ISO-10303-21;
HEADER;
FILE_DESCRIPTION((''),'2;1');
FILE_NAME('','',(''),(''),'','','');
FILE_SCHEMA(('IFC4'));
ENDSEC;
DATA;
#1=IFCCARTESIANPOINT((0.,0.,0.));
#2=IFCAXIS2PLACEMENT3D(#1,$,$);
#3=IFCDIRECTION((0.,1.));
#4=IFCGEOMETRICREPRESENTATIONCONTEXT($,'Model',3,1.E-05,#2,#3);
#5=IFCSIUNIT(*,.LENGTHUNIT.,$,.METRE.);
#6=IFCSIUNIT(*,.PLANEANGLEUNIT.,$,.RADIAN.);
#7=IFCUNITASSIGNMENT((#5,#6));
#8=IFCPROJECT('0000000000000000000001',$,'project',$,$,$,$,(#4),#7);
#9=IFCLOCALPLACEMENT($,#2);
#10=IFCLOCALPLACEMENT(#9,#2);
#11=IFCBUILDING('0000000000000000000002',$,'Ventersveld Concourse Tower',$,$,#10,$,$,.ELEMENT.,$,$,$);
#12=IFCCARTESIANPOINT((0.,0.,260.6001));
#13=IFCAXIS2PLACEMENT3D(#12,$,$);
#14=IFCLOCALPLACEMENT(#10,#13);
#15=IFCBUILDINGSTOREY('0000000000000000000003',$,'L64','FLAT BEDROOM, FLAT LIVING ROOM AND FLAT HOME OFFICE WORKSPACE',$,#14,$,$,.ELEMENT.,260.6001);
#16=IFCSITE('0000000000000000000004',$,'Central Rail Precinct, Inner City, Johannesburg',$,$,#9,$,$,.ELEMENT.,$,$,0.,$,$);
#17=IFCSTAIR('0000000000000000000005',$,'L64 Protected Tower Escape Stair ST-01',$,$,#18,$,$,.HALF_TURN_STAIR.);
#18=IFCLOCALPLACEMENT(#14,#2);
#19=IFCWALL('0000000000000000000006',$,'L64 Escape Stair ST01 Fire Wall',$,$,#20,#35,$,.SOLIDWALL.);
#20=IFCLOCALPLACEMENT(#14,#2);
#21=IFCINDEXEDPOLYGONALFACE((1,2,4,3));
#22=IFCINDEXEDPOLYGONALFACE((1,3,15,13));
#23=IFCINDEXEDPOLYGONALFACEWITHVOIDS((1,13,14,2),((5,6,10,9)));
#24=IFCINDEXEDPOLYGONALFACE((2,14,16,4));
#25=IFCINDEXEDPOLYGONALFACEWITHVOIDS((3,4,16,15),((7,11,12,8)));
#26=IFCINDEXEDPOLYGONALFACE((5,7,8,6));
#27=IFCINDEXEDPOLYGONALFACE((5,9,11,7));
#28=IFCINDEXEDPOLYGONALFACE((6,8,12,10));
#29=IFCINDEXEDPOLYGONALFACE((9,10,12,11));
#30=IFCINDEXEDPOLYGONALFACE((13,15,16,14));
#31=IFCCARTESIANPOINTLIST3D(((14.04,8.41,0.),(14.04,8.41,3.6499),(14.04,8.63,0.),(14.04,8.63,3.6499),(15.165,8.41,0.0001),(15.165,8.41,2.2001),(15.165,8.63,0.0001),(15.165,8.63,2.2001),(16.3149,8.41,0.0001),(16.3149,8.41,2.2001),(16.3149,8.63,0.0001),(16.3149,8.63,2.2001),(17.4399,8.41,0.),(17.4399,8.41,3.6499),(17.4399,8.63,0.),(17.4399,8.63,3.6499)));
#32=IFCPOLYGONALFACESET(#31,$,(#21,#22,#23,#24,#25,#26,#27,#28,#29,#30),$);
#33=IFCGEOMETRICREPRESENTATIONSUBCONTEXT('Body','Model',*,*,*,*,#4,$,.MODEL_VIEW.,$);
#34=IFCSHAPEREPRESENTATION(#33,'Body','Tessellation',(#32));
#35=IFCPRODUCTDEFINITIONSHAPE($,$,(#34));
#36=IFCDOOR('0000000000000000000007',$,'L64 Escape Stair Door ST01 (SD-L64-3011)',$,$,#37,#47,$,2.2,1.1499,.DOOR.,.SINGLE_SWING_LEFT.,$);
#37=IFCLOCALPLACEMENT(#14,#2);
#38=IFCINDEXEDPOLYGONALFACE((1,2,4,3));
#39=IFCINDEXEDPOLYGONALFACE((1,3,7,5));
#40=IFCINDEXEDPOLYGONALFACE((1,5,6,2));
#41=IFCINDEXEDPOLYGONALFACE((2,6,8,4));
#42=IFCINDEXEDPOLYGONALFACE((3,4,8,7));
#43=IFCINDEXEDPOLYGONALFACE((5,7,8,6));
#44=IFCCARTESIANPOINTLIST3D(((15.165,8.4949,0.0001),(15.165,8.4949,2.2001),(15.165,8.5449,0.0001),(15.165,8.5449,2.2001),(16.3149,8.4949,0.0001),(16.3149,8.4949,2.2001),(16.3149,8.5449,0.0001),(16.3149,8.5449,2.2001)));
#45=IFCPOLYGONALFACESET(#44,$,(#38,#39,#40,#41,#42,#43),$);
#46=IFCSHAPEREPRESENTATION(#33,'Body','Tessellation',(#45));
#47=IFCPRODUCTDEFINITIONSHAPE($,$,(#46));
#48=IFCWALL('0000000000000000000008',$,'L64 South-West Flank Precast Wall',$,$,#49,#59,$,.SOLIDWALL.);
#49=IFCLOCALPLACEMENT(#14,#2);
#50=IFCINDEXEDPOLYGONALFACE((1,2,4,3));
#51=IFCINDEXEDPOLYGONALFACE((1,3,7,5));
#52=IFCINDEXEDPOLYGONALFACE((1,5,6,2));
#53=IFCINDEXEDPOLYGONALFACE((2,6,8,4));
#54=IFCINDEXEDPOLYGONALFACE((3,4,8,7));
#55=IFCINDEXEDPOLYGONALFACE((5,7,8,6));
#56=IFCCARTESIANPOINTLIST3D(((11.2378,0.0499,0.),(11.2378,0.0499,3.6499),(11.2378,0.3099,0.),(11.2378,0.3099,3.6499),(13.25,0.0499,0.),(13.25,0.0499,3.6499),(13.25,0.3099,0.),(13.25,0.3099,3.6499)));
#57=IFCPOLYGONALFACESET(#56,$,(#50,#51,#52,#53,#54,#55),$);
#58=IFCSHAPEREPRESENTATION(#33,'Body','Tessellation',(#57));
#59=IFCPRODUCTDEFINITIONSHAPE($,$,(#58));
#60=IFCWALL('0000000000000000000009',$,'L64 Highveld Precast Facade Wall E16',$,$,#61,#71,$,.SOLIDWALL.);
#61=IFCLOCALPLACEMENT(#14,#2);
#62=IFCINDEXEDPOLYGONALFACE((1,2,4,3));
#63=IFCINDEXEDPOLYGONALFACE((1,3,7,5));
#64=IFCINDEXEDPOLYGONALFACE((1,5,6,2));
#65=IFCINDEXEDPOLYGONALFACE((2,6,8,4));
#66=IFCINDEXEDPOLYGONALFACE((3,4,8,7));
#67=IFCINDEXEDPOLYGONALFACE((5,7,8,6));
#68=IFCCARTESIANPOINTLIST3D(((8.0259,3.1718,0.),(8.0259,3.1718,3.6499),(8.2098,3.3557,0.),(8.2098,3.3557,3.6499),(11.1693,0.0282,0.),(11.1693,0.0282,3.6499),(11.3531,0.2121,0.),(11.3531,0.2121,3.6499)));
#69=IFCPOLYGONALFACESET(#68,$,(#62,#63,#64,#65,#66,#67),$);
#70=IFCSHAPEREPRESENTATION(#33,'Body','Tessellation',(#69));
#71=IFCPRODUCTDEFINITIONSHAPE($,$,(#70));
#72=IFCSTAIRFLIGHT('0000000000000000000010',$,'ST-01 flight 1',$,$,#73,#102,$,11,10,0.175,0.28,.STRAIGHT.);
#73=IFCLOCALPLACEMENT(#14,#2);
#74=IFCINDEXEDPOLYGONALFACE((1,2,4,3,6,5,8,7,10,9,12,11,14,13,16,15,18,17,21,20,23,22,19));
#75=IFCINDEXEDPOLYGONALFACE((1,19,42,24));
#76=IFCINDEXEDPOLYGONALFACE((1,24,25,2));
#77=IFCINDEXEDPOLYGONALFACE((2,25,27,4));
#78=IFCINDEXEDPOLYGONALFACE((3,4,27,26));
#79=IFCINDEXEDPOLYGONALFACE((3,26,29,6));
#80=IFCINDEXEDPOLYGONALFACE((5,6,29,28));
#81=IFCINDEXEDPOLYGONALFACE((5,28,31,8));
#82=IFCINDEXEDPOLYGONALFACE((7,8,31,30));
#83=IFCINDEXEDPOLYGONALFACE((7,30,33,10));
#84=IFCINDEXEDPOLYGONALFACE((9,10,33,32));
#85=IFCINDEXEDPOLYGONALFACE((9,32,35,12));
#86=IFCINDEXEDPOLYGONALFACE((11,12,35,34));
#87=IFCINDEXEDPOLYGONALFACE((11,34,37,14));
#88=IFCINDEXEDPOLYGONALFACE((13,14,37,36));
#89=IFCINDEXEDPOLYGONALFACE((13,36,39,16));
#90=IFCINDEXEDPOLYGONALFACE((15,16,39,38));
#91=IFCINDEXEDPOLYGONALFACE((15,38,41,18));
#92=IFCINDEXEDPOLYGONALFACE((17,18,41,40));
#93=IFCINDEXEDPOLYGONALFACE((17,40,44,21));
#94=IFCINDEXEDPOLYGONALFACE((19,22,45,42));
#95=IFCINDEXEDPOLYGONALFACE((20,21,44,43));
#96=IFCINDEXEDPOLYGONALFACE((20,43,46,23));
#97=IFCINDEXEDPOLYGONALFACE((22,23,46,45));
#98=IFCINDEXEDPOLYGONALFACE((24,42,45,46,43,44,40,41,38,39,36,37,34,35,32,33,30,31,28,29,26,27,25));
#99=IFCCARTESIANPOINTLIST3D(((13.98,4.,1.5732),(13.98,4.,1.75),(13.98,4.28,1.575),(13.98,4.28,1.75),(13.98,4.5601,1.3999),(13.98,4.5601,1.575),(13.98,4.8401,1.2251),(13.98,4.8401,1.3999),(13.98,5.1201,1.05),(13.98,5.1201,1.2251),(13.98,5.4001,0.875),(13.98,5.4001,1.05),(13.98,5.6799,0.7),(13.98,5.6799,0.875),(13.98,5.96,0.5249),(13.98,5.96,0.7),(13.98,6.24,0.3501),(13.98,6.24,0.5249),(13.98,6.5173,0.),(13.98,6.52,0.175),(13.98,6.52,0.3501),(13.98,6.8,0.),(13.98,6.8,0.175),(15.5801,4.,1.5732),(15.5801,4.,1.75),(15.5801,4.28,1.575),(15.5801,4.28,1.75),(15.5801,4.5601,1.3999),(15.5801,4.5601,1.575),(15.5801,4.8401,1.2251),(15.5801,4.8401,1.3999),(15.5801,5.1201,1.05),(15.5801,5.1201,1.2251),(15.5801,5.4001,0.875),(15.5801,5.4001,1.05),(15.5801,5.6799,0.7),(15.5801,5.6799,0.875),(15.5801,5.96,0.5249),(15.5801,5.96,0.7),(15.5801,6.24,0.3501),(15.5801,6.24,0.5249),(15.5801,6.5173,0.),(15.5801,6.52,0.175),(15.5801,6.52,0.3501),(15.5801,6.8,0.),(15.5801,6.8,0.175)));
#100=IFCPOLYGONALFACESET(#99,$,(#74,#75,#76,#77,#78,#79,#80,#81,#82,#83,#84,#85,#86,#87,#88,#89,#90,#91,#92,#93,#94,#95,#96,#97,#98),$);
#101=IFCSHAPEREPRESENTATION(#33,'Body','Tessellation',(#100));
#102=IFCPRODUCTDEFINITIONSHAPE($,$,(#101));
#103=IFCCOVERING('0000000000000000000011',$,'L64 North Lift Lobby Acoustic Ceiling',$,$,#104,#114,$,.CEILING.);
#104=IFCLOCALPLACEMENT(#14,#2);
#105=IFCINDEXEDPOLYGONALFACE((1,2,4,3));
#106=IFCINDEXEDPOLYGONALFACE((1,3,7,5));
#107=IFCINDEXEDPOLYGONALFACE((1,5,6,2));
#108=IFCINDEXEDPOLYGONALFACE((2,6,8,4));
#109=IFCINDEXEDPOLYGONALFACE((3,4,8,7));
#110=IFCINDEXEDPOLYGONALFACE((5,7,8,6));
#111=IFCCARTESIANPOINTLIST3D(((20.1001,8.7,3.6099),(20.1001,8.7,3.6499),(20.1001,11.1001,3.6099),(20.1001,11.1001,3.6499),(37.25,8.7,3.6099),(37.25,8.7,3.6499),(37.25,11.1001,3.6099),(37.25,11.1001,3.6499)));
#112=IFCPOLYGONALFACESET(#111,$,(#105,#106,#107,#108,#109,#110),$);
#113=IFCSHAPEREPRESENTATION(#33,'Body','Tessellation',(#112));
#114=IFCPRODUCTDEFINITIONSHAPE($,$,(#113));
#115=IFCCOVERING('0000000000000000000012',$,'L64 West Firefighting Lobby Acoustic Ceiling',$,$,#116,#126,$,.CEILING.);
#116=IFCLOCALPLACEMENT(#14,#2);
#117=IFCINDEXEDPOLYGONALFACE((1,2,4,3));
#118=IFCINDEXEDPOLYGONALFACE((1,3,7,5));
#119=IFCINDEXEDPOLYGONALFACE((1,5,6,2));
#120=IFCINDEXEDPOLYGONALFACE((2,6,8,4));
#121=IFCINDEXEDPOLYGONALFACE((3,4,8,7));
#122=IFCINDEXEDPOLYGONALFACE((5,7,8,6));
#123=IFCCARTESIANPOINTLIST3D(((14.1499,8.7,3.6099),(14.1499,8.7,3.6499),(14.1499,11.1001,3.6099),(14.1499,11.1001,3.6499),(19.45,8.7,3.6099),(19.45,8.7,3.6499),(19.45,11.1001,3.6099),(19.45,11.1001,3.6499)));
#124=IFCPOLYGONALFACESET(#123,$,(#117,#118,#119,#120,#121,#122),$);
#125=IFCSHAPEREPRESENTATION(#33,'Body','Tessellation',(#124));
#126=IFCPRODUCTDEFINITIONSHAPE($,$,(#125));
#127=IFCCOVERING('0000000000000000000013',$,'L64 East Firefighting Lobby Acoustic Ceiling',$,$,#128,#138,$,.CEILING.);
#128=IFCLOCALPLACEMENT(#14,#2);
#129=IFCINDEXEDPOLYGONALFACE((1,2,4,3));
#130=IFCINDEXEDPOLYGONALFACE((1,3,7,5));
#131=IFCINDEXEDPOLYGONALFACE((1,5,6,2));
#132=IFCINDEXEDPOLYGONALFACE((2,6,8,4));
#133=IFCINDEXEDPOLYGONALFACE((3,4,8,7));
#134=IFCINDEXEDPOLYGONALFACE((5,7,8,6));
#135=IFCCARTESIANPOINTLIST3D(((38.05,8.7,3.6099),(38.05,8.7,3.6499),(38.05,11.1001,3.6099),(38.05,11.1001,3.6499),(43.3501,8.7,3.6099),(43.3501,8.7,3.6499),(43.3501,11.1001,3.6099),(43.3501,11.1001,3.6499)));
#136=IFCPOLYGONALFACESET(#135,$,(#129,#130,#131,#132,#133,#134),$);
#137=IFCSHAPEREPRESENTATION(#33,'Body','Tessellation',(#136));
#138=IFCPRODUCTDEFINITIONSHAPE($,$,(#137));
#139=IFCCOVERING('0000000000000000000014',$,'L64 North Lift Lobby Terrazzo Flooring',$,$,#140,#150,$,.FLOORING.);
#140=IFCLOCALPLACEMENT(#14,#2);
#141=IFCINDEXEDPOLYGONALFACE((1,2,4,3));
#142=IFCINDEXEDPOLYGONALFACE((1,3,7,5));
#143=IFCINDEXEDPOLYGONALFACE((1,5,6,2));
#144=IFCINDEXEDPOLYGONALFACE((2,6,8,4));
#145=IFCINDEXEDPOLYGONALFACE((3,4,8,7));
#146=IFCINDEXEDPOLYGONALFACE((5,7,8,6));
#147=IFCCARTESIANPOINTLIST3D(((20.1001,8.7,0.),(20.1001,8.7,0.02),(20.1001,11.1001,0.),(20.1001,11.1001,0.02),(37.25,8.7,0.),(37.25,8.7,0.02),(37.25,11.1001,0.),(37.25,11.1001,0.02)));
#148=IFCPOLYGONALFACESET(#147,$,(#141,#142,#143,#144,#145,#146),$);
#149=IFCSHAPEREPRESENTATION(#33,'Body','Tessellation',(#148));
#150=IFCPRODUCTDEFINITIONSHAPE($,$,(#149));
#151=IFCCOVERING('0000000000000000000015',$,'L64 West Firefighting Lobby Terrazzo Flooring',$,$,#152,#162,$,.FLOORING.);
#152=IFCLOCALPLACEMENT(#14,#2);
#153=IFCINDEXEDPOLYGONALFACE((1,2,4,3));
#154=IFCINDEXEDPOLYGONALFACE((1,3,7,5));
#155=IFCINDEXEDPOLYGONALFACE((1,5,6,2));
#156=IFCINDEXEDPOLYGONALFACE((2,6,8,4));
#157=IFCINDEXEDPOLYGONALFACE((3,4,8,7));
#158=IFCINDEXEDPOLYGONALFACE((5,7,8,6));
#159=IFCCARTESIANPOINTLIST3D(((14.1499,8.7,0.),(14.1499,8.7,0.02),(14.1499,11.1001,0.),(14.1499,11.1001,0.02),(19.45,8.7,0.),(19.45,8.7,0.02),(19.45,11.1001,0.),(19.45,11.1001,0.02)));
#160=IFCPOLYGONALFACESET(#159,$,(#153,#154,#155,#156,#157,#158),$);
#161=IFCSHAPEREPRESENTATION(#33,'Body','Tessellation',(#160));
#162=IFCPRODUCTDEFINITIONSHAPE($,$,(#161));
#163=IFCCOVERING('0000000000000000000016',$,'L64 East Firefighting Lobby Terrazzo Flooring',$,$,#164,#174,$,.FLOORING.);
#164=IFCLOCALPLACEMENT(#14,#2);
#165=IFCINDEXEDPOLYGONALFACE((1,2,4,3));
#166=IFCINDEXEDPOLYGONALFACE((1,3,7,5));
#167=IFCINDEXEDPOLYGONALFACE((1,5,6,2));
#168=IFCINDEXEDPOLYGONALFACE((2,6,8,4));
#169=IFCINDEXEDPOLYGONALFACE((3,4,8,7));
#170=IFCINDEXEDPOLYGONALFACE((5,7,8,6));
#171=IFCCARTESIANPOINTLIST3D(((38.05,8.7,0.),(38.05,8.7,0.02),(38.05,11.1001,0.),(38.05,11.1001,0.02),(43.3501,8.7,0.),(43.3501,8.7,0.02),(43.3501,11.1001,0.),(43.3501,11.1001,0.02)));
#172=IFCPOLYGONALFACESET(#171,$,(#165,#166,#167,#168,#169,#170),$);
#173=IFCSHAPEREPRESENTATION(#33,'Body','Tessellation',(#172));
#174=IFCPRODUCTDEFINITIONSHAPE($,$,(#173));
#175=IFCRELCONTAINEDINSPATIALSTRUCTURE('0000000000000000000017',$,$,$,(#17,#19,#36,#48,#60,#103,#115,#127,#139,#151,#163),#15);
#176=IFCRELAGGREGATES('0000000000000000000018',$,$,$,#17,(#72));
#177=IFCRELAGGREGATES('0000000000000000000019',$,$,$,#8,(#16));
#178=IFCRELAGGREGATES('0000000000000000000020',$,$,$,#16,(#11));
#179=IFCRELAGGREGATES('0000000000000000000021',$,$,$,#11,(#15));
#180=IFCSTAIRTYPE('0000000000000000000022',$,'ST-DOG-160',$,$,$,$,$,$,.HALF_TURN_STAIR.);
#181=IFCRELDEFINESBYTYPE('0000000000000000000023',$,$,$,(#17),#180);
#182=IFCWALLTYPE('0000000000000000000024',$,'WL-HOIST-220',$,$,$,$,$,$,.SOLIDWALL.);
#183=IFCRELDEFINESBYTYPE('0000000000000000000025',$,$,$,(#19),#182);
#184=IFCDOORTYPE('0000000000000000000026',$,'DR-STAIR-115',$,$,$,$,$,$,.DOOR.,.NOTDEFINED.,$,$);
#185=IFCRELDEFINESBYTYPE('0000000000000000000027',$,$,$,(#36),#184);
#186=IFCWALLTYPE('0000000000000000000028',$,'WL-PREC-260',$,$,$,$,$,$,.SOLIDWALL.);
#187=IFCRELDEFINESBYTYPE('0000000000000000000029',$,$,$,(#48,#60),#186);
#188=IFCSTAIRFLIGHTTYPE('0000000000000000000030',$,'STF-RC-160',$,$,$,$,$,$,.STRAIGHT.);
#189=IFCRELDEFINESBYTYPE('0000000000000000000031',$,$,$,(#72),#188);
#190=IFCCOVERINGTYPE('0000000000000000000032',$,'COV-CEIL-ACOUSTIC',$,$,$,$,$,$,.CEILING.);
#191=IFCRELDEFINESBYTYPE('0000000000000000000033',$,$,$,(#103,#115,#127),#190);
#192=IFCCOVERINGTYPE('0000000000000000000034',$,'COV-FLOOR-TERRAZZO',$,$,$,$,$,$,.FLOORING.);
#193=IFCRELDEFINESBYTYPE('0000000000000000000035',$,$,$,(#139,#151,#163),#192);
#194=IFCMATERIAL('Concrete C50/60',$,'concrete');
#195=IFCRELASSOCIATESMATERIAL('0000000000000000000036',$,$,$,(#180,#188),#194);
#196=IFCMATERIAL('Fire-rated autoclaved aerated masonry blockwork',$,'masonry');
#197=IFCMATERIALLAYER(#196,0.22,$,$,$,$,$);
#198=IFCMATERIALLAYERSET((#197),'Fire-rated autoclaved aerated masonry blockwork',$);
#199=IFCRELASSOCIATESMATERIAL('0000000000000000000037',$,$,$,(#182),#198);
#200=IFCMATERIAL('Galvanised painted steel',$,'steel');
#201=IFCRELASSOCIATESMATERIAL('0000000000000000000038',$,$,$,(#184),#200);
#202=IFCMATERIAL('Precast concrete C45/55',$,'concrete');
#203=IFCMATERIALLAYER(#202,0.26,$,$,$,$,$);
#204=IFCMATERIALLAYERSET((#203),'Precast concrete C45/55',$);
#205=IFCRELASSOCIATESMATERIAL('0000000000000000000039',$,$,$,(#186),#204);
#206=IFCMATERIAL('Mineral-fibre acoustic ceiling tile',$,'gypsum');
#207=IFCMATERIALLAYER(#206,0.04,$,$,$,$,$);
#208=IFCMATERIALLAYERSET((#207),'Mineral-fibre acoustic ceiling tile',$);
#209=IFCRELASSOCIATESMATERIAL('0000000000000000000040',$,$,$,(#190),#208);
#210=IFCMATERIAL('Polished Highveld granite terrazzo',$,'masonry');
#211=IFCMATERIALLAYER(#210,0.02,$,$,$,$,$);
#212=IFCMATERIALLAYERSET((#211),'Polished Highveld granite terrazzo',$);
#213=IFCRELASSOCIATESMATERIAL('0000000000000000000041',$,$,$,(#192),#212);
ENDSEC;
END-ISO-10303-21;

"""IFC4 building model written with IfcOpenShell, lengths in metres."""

from ifc_helpers import new_model, si_unit, direction, frame, frame_2d, origin, place, context, subcontext, project, spatial, polyline, rectangle, outline, extrude, material, layer, layer_set, type_object, element, fill, aggregate, save


model = new_model("IFC4")

# Units and contexts
model_context = context("Model", 3, precision=1e-05, world=origin(), true_north=direction((0.0, 1.0)))
body_context = subcontext(model_context, "Body", "Model", "MODEL_VIEW")
ifc_project = project(units=[si_unit("LENGTHUNIT", "METRE"), si_unit("PLANEANGLEUNIT", "RADIAN")], contexts=[model_context])

# Site, building, storey
site_placement = place(None, origin())
site = spatial("IfcSite", under=ifc_project, at=site_placement, Name="Central Rail Precinct, Inner City, Johannesburg", CompositionType="ELEMENT", RefElevation=0.0)
building_placement = place(site_placement, origin())
building = spatial("IfcBuilding", under=site, at=building_placement, Name="Ventersveld Concourse Tower", CompositionType="ELEMENT")
storey_placement = place(building_placement, frame((0.0, 0.0, 260.6001)))
storey = spatial("IfcBuildingStorey", under=building, at=storey_placement, Name="L64", Description="FLAT BEDROOM, FLAT LIVING ROOM AND FLAT HOME OFFICE WORKSPACE", CompositionType="ELEMENT", Elevation=260.6001)

# Shared definitions
ifc_material_1 = material(Name="Concrete C50/60", Category="concrete")

# Stair
stair_type_1 = type_object("IfcStairType", Name="ST-DOG-160", PredefinedType="HALF_TURN_STAIR", material=ifc_material_1)
stair_1_placement = place(storey_placement, origin())
stair_1 = element("IfcStair", 1, at=stair_1_placement, inside=storey, type_object=stair_type_1, Name="L64 Protected Tower Escape Stair ST-01", PredefinedType="HALF_TURN_STAIR")

# Wall, opening, door
ifc_material_2 = material(Name="Fire-rated autoclaved aerated masonry blockwork", Category="masonry")
ifc_layer_1 = layer(ifc_material_2, 0.22)
ifc_layer_set_1 = layer_set([ifc_layer_1], Name="Fire-rated autoclaved aerated masonry blockwork")
wall_type_1 = type_object("IfcWallType", Name="WL-HOIST-220", PredefinedType="SOLIDWALL", material=ifc_layer_set_1)
wall_1_placement = place(storey_placement, frame((14.04, 8.52, 0.0), z_axis=(0.0, 0.0, 1.0), x_axis=(1.0, 0.0, 0.0)))
wall_1 = element("IfcWall", 2, at=wall_1_placement, inside=storey, type_object=wall_type_1, Name="L64 Escape Stair ST01 Fire Wall", PredefinedType="SOLIDWALL", context=body_context, shape_type="SweptSolid", body=[
    extrude(rectangle(XDim=3.3999, YDim=0.22, at=frame_2d((1.7, 0.0))), origin(), (0.0, 0.0, 1.0), 3.6499),
])
opening_placement = place(wall_1_placement, frame((1.125, 0.0, 0.0)))
opening = element("IfcOpeningElement", 3, at=opening_placement, cuts=wall_1, PredefinedType="OPENING", context=body_context, shape_type="SweptSolid", body=[
    extrude(rectangle(XDim=1.1499, YDim=2.2, at=frame_2d((0.575, 1.1001))), frame((0.0, 0.1201, 0.0), z_axis=(0.0, -1.0, 0.0), x_axis=(1.0, 0.0, 0.0)), (0.0, 0.0, 1.0), 0.24),
])
ifc_material_3 = material(Name="Galvanised painted steel", Category="steel")
door_type = type_object("IfcDoorType", Name="DR-STAIR-115", OperationType="NOTDEFINED", PredefinedType="DOOR", material=ifc_material_3)
door_placement = place(opening_placement, origin())
door = element("IfcDoor", 4, at=door_placement, inside=storey, type_object=door_type, Name="L64 Escape Stair Door ST01 (SD-L64-3011)", OperationType="SINGLE_SWING_LEFT", OverallHeight=2.2, OverallWidth=1.1499, PredefinedType="DOOR", context=body_context, shape_type="SweptSolid", body=[
    extrude(rectangle(XDim=1.1499, YDim=2.2, at=frame_2d((0.575, 1.1001))), frame((0.0, 0.0249, 0.0), z_axis=(0.0, -1.0, 0.0), x_axis=(1.0, 0.0, 0.0)), (0.0, 0.0, 1.0), 0.05),
])
fill(opening, door)

# Walls
ifc_material_4 = material(Name="Precast concrete C45/55", Category="concrete")
ifc_layer_2 = layer(ifc_material_4, 0.26)
ifc_layer_set_2 = layer_set([ifc_layer_2], Name="Precast concrete C45/55")
wall_type_2 = type_object("IfcWallType", Name="WL-PREC-260", PredefinedType="SOLIDWALL", material=ifc_layer_set_2)
wall_2_placement = place(storey_placement, frame((11.2378, 0.1799, 0.0), z_axis=(0.0, 0.0, 1.0), x_axis=(1.0, 0.0, 0.0)))
element("IfcWall", 5, at=wall_2_placement, inside=storey, type_object=wall_type_2, Name="L64 South-West Flank Precast Wall", PredefinedType="SOLIDWALL", context=body_context, shape_type="SweptSolid", body=[
    extrude(rectangle(XDim=2.0122, YDim=0.26, at=frame_2d((1.0061, 0.0))), origin(), (0.0, 0.0, 1.0), 3.6499),
])
wall_3_placement = place(storey_placement, frame((8.1179, 3.2637, 0.0), z_axis=(0.0, 0.0, 1.0), x_axis=(0.707079, -0.707134, 0.0)))
element("IfcWall", 6, at=wall_3_placement, inside=storey, type_object=wall_type_2, Name="L64 Highveld Precast Facade Wall E16", PredefinedType="SOLIDWALL", context=body_context, shape_type="SweptSolid", body=[
    extrude(rectangle(XDim=4.4456, YDim=0.26, at=frame_2d((2.2227, 0.0))), origin(), (0.0, 0.0, 1.0), 3.6499),
])

# Stair flight
stair_flight_type = type_object("IfcStairFlightType", Name="STF-RC-160", PredefinedType="STRAIGHT", material=ifc_material_1)
stair_flight_placement = place(storey_placement, frame((14.78, 6.8, 0.0), z_axis=(0.0, 0.0, 1.0), x_axis=(0.0, -1.0, 0.0)))
stair_flight = element("IfcStairFlight", 7, at=stair_flight_placement, type_object=stair_flight_type, Name="ST-01 flight 1", NumberOfRisers=11, NumberOfTreads=10, PredefinedType="STRAIGHT", RiserHeight=0.175, TreadLength=0.28, context=body_context, shape_type="SweptSolid", body=[
    extrude(outline(polyline([(0.0, 0.0), (0.0, 0.175), (0.28, 0.175), (0.28, 0.3501), (0.5601, 0.3501), (0.5601, 0.5249), (0.8401, 0.5249), (0.8401, 0.7), (1.1201, 0.7), (1.1201, 0.875), (1.3999, 0.875), (1.3999, 1.05), (1.6799, 1.05), (1.6799, 1.2251), (1.96, 1.2251), (1.96, 1.3999), (2.24, 1.3999), (2.24, 1.575), (2.52, 1.575), (2.52, 1.75), (2.8, 1.75), (2.8, 1.925), (2.8, 1.5732), (0.2827, 0.0), (0.0, 0.0)])), frame((0.0, 0.8, 0.0), z_axis=(0.0, -1.0, 0.0), x_axis=(1.0, 0.0, 0.0)), (0.0, 0.0, 1.0), 1.6001),
])
aggregate(stair_1, [stair_flight])

# Coverings
ifc_material_5 = material(Name="Mineral-fibre acoustic ceiling tile", Category="gypsum")
ifc_layer_3 = layer(ifc_material_5, 0.04)
ifc_layer_set_3 = layer_set([ifc_layer_3], Name="Mineral-fibre acoustic ceiling tile")
covering_type_1 = type_object("IfcCoveringType", Name="COV-CEIL-ACOUSTIC", PredefinedType="CEILING", material=ifc_layer_set_3)
covering_1_placement = place(storey_placement, frame((0.0, 0.0, 3.6099)))
element("IfcCovering", 8, at=covering_1_placement, inside=storey, type_object=covering_type_1, Name="L64 North Lift Lobby Acoustic Ceiling", PredefinedType="CEILING", context=body_context, shape_type="SweptSolid", body=[
    extrude(outline(polyline([(20.1001, 8.7), (37.25, 8.7), (37.25, 11.1001), (20.1001, 11.1001), (20.1001, 8.7)])), origin(), (0.0, 0.0, 1.0), 0.04),
])
covering_2_placement = place(storey_placement, frame((0.0, 0.0, 3.6099)))
element("IfcCovering", 9, at=covering_2_placement, inside=storey, type_object=covering_type_1, Name="L64 West Firefighting Lobby Acoustic Ceiling", PredefinedType="CEILING", context=body_context, shape_type="SweptSolid", body=[
    extrude(outline(polyline([(14.1499, 8.7), (19.45, 8.7), (19.45, 11.1001), (14.1499, 11.1001), (14.1499, 8.7)])), origin(), (0.0, 0.0, 1.0), 0.04),
])
covering_3_placement = place(storey_placement, frame((0.0, 0.0, 3.6099)))
element("IfcCovering", 10, at=covering_3_placement, inside=storey, type_object=covering_type_1, Name="L64 East Firefighting Lobby Acoustic Ceiling", PredefinedType="CEILING", context=body_context, shape_type="SweptSolid", body=[
    extrude(outline(polyline([(38.05, 8.7), (43.3501, 8.7), (43.3501, 11.1001), (38.05, 11.1001), (38.05, 8.7)])), origin(), (0.0, 0.0, 1.0), 0.04),
])
ifc_material_6 = material(Name="Polished Highveld granite terrazzo", Category="masonry")
ifc_layer_4 = layer(ifc_material_6, 0.02)
ifc_layer_set_4 = layer_set([ifc_layer_4], Name="Polished Highveld granite terrazzo")
covering_type_2 = type_object("IfcCoveringType", Name="COV-FLOOR-TERRAZZO", PredefinedType="FLOORING", material=ifc_layer_set_4)
covering_4_placement = place(storey_placement, origin())
element("IfcCovering", 11, at=covering_4_placement, inside=storey, type_object=covering_type_2, Name="L64 North Lift Lobby Terrazzo Flooring", PredefinedType="FLOORING", context=body_context, shape_type="SweptSolid", body=[
    extrude(outline(polyline([(20.1001, 8.7), (37.25, 8.7), (37.25, 11.1001), (20.1001, 11.1001), (20.1001, 8.7)])), origin(), (0.0, 0.0, 1.0), 0.02),
])
covering_5_placement = place(storey_placement, origin())
element("IfcCovering", 12, at=covering_5_placement, inside=storey, type_object=covering_type_2, Name="L64 West Firefighting Lobby Terrazzo Flooring", PredefinedType="FLOORING", context=body_context, shape_type="SweptSolid", body=[
    extrude(outline(polyline([(14.1499, 8.7), (19.45, 8.7), (19.45, 11.1001), (14.1499, 11.1001), (14.1499, 8.7)])), origin(), (0.0, 0.0, 1.0), 0.02),
])
covering_6_placement = place(storey_placement, origin())
element("IfcCovering", 13, at=covering_6_placement, inside=storey, type_object=covering_type_2, Name="L64 East Firefighting Lobby Terrazzo Flooring", PredefinedType="FLOORING", context=body_context, shape_type="SweptSolid", body=[
    extrude(outline(polyline([(38.05, 8.7), (43.3501, 8.7), (43.3501, 11.1001), (38.05, 11.1001), (38.05, 8.7)])), origin(), (0.0, 0.0, 1.0), 0.02),
])

save(model, "model.ifc")
